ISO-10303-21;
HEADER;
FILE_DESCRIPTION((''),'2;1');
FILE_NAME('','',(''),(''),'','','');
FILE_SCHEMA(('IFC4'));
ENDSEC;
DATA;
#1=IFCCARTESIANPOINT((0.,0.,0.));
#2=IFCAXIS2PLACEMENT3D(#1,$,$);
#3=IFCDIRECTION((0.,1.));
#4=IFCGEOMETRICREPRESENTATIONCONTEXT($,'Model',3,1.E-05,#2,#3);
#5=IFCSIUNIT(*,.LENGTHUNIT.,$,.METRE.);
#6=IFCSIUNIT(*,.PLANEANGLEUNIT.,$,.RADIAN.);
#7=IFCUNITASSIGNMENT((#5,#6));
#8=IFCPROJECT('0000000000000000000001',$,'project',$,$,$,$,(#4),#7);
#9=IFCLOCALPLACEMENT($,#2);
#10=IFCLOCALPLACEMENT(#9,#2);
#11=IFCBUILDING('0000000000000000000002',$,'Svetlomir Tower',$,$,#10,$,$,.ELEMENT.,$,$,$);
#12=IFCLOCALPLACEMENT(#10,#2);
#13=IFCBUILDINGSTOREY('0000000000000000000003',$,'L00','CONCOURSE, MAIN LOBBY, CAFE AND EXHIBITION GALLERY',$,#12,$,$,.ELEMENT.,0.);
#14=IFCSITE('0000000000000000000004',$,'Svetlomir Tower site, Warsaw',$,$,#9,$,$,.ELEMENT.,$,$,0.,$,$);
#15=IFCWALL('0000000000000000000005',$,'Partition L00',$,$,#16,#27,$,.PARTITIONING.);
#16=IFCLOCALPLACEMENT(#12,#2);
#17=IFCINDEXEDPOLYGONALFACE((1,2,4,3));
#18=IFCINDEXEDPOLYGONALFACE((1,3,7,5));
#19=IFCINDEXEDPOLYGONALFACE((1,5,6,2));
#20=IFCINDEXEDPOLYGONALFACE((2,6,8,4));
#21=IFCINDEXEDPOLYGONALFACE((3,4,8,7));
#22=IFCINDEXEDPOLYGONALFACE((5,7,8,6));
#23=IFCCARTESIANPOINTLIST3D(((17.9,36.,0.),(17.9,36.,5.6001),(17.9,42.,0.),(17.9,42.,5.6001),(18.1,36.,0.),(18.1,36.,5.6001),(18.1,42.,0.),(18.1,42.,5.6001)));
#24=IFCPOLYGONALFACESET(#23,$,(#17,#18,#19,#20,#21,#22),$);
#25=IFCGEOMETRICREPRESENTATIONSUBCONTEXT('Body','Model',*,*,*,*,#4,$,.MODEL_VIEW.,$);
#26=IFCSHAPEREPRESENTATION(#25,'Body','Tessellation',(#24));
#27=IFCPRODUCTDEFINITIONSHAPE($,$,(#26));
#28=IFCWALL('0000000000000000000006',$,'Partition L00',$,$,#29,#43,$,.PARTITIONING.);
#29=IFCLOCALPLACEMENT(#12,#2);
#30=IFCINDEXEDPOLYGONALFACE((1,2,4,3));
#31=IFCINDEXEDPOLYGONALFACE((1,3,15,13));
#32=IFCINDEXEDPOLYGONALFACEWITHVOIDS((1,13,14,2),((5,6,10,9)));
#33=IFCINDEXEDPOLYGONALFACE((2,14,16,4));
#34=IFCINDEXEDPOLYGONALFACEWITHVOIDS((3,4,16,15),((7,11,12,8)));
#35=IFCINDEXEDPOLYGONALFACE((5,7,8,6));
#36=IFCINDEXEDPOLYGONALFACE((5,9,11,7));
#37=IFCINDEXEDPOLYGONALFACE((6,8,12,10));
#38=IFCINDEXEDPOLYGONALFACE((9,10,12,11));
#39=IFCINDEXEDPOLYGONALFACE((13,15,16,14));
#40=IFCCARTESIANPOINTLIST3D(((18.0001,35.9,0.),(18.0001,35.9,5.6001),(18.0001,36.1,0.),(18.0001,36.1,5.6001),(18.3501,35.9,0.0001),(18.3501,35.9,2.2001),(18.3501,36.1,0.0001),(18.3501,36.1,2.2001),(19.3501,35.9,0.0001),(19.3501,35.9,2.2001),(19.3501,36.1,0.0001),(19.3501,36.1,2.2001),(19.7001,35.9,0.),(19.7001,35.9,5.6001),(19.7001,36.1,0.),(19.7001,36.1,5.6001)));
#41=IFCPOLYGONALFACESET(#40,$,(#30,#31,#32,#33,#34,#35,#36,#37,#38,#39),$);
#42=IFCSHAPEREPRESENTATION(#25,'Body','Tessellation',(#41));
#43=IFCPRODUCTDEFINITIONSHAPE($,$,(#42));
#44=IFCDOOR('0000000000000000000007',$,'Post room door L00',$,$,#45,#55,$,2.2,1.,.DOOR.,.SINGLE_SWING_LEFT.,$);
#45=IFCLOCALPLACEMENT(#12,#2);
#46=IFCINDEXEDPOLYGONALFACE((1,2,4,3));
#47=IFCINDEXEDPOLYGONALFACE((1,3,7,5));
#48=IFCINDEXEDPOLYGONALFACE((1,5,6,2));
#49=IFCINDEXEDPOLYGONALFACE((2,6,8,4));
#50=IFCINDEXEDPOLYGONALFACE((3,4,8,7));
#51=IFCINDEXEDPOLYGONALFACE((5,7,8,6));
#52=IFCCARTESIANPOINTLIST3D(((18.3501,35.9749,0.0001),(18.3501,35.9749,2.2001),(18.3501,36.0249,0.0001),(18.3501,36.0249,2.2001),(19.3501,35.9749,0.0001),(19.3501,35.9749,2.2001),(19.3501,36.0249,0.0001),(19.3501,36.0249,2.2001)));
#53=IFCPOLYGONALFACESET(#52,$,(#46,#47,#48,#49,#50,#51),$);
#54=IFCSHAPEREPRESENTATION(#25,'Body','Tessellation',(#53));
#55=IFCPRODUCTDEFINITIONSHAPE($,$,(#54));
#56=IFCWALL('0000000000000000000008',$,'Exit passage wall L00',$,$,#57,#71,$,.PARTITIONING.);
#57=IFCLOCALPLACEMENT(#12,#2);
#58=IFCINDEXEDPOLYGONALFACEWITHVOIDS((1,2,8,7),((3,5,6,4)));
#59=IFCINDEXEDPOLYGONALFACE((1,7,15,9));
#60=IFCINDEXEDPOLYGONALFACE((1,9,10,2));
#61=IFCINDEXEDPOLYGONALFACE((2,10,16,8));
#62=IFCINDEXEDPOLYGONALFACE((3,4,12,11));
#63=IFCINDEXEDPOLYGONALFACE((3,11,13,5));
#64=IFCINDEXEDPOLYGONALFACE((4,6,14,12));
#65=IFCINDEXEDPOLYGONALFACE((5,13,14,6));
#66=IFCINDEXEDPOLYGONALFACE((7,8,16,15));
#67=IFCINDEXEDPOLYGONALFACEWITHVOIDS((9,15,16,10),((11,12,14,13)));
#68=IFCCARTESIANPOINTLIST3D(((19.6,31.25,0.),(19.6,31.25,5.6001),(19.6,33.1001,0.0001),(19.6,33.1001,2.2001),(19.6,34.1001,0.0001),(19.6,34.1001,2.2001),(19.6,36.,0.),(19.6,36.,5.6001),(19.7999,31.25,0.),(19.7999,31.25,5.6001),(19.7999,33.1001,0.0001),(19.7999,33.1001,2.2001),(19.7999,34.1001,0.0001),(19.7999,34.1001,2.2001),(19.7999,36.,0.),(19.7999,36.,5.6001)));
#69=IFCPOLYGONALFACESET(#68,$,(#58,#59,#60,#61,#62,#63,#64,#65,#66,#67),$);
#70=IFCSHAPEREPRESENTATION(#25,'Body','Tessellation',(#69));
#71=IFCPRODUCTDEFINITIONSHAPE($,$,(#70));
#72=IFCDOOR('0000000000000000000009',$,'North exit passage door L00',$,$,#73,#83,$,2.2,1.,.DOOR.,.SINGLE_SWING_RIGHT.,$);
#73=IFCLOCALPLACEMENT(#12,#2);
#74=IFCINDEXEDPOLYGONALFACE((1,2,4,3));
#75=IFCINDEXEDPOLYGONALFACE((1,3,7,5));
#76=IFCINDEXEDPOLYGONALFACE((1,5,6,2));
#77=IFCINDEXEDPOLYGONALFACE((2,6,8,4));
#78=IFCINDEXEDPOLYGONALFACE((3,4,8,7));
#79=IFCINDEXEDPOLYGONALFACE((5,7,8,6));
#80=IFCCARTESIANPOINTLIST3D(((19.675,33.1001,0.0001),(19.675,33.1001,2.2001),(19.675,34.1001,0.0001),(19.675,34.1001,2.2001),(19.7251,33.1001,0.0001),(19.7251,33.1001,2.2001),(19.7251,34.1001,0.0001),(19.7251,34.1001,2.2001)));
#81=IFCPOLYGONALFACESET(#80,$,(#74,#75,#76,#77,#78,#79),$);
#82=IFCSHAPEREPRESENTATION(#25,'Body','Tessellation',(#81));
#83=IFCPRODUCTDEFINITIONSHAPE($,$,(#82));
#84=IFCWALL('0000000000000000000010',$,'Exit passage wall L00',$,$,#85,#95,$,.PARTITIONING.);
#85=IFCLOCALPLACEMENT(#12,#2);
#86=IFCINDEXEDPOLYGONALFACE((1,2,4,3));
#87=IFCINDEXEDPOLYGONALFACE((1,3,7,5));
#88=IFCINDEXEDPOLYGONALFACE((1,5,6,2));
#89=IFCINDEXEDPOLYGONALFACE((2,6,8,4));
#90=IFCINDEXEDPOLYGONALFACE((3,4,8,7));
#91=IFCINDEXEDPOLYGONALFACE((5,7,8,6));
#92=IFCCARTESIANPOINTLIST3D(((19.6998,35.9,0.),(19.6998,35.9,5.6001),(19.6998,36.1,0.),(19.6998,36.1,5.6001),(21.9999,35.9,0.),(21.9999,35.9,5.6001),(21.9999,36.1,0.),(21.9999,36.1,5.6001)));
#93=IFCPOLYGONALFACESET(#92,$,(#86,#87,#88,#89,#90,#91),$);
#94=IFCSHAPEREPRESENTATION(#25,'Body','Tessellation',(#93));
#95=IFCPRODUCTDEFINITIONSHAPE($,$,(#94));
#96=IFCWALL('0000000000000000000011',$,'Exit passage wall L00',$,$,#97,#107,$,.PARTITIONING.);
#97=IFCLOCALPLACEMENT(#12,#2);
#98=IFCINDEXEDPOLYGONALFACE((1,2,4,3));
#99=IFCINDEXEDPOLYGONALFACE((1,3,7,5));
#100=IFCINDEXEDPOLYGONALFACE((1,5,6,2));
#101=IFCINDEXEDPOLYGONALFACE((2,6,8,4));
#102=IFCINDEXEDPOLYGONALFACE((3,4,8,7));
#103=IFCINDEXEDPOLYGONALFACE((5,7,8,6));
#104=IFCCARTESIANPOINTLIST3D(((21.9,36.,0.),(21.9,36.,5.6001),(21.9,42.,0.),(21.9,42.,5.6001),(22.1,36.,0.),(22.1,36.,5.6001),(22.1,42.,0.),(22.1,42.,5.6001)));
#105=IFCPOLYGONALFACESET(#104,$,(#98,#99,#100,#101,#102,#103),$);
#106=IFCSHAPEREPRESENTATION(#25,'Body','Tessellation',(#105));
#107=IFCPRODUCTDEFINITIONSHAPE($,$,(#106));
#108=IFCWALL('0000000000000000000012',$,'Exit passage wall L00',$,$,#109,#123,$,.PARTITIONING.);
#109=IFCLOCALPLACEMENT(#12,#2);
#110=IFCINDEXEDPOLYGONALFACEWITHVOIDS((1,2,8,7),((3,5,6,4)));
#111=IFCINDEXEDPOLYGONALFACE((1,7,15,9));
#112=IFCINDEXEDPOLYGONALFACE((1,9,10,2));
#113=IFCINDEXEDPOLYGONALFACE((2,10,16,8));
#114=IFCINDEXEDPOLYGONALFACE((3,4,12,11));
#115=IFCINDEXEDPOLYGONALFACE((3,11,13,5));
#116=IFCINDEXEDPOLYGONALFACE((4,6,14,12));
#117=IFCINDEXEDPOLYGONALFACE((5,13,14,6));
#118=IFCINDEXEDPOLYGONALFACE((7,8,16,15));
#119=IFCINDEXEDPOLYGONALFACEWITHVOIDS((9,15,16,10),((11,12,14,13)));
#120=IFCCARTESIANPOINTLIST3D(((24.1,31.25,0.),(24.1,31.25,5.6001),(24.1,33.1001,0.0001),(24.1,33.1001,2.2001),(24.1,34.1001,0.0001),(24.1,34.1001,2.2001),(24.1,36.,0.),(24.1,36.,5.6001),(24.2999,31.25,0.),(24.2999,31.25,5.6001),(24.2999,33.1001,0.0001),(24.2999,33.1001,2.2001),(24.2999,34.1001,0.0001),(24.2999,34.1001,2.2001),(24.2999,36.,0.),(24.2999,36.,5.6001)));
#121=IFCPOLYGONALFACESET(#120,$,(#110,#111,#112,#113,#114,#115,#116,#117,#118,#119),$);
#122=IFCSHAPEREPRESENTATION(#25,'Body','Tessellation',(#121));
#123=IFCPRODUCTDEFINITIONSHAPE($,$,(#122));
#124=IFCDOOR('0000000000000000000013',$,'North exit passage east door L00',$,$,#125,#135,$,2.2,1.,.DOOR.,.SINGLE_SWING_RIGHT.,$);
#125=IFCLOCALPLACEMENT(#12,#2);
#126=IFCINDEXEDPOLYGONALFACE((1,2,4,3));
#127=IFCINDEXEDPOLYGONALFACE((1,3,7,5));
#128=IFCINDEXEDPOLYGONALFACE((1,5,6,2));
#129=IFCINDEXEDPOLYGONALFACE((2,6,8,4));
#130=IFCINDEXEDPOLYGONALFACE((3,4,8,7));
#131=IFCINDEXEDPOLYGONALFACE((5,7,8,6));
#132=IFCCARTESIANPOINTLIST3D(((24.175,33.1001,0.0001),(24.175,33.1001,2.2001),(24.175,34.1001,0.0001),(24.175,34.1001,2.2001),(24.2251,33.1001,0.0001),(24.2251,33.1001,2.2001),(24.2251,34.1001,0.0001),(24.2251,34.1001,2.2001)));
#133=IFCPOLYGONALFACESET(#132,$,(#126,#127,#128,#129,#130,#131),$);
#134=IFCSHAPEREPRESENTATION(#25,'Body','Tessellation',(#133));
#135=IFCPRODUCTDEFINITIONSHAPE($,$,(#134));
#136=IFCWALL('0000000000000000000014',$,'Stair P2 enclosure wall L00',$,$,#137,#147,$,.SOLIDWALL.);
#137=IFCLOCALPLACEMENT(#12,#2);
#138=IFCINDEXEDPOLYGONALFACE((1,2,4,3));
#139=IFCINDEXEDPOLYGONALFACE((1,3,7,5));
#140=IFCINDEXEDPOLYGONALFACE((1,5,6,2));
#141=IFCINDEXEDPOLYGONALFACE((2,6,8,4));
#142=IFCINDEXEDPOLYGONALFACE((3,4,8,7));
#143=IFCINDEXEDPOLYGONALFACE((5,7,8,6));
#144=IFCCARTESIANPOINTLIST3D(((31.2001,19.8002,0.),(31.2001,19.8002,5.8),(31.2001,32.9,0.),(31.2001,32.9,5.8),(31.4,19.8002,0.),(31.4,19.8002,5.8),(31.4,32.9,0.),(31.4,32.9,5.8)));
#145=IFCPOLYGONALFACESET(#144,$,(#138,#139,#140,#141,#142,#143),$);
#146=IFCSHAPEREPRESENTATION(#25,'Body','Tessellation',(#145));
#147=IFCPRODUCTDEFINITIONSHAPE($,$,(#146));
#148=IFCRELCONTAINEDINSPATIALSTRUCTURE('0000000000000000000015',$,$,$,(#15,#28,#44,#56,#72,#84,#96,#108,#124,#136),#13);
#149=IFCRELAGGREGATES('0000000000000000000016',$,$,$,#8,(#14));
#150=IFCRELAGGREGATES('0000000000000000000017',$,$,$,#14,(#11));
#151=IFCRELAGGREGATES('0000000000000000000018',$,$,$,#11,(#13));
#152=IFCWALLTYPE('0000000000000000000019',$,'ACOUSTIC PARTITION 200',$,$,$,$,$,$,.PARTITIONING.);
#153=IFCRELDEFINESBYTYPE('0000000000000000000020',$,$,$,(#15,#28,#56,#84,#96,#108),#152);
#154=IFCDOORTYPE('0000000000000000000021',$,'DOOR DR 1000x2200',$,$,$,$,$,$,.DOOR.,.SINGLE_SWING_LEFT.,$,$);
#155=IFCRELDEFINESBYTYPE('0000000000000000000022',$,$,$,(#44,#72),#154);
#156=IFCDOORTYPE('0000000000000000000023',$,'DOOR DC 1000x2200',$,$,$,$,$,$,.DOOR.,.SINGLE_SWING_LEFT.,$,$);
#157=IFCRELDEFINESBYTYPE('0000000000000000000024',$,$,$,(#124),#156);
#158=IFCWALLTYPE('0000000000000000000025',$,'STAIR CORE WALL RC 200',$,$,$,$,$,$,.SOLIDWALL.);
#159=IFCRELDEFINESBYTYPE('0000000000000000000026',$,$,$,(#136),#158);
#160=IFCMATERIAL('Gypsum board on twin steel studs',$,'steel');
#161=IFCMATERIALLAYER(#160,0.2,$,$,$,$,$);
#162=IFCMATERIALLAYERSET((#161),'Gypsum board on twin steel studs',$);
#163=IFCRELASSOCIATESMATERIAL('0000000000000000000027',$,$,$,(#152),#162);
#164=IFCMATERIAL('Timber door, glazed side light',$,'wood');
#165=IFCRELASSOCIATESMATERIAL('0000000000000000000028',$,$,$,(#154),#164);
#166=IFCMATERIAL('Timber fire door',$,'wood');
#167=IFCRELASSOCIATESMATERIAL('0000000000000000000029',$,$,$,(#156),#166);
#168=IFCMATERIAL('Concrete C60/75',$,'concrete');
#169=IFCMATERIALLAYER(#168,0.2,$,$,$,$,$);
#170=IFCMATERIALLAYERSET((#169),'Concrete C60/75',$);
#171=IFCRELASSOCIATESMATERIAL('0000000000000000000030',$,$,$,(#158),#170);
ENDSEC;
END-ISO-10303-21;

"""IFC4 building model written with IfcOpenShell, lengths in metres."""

from ifc_helpers import new_model, si_unit, direction, frame, frame_2d, origin, place, context, subcontext, project, spatial, rectangle, extrude, material, layer, layer_set, type_object, element, fill, save


model = new_model("IFC4")

# Units and contexts
model_context = context("Model", 3, precision=1e-05, world=origin(), true_north=direction((0.0, 1.0)))
body_context = subcontext(model_context, "Body", "Model", "MODEL_VIEW")
ifc_project = project(units=[si_unit("LENGTHUNIT", "METRE"), si_unit("PLANEANGLEUNIT", "RADIAN")], contexts=[model_context])

# Site, building, storey
site_placement = place(None, origin())
site = spatial("IfcSite", under=ifc_project, at=site_placement, Name="Svetlomir Tower site, Warsaw", CompositionType="ELEMENT", RefElevation=0.0)
building_placement = place(site_placement, origin())
building = spatial("IfcBuilding", under=site, at=building_placement, Name="Svetlomir Tower", CompositionType="ELEMENT")
storey_placement = place(building_placement, origin())
storey = spatial("IfcBuildingStorey", under=building, at=storey_placement, Name="L00", Description="CONCOURSE, MAIN LOBBY, CAFE AND EXHIBITION GALLERY", CompositionType="ELEMENT", Elevation=0.0)

# Wall
ifc_material_1 = material(Name="Gypsum board on twin steel studs", Category="steel")
ifc_layer_1 = layer(ifc_material_1, 0.2)
ifc_layer_set_1 = layer_set([ifc_layer_1], Name="Gypsum board on twin steel studs")
wall_type_1 = type_object("IfcWallType", Name="ACOUSTIC PARTITION 200", PredefinedType="PARTITIONING", material=ifc_layer_set_1)
wall_1_placement = place(storey_placement, frame((18.0, 36.0, 0.0), z_axis=(0.0, 0.0, 1.0), x_axis=(0.0, 1.0, 0.0)))
element("IfcWall", 1, at=wall_1_placement, inside=storey, type_object=wall_type_1, Name="Partition L00", PredefinedType="PARTITIONING", context=body_context, shape_type="SweptSolid", body=[
    extrude(rectangle(XDim=6.0, YDim=0.2, at=frame_2d((3.0, 0.0))), origin(), (0.0, 0.0, 1.0), 5.6001),
])

# Walls, openings, doors
wall_2_placement = place(storey_placement, frame((18.0, 36.0, 0.0), z_axis=(0.0, 0.0, 1.0), x_axis=(1.0, 0.0, 0.0)))
wall_2 = element("IfcWall", 2, at=wall_2_placement, inside=storey, type_object=wall_type_1, Name="Partition L00", PredefinedType="PARTITIONING", context=body_context, shape_type="SweptSolid", body=[
    extrude(rectangle(XDim=1.7, YDim=0.2, at=frame_2d((0.8501, 0.0))), origin(), (0.0, 0.0, 1.0), 5.6001),
])
opening_1_placement = place(wall_2_placement, frame((0.3501, 0.0, 0.0)))
opening_1 = element("IfcOpeningElement", 3, at=opening_1_placement, cuts=wall_2, PredefinedType="OPENING", context=body_context, shape_type="SweptSolid", body=[
    extrude(rectangle(XDim=1.0, YDim=2.2, at=frame_2d((0.5, 1.1001))), frame((0.0, 0.1099, 0.0), z_axis=(0.0, -1.0, 0.0), x_axis=(1.0, 0.0, 0.0)), (0.0, 0.0, 1.0), 0.22),
])
ifc_material_2 = material(Name="Timber door, glazed side light", Category="wood")
door_type_1 = type_object("IfcDoorType", Name="DOOR DR 1000x2200", OperationType="SINGLE_SWING_LEFT", PredefinedType="DOOR", material=ifc_material_2)
door_1_placement = place(opening_1_placement, origin())
door_1 = element("IfcDoor", 4, at=door_1_placement, inside=storey, type_object=door_type_1, Name="Post room door L00", OperationType="SINGLE_SWING_LEFT", OverallHeight=2.2, OverallWidth=1.0, PredefinedType="DOOR", context=body_context, shape_type="SweptSolid", body=[
    extrude(rectangle(XDim=1.0, YDim=2.2, at=frame_2d((0.5, 1.1001))), frame((0.0, 0.0249, 0.0), z_axis=(0.0, -1.0, 0.0), x_axis=(1.0, 0.0, 0.0)), (0.0, 0.0, 1.0), 0.05),
])
fill(opening_1, door_1)
wall_3_placement = place(storey_placement, frame((19.7, 31.25, 0.0), z_axis=(0.0, 0.0, 1.0), x_axis=(0.0, 1.0, 0.0)))
wall_3 = element("IfcWall", 5, at=wall_3_placement, inside=storey, type_object=wall_type_1, Name="Exit passage wall L00", PredefinedType="PARTITIONING", context=body_context, shape_type="SweptSolid", body=[
    extrude(rectangle(XDim=4.75, YDim=0.2, at=frame_2d((2.375, 0.0))), origin(), (0.0, 0.0, 1.0), 5.6001),
])
opening_2_placement = place(wall_3_placement, frame((1.8501, 0.0, 0.0)))
opening_2 = element("IfcOpeningElement", 6, at=opening_2_placement, cuts=wall_3, PredefinedType="OPENING", context=body_context, shape_type="SweptSolid", body=[
    extrude(rectangle(XDim=1.0, YDim=2.2, at=frame_2d((0.5, 1.1001))), frame((0.0, 0.1099, 0.0), z_axis=(0.0, -1.0, 0.0), x_axis=(1.0, 0.0, 0.0)), (0.0, 0.0, 1.0), 0.22),
])
door_2_placement = place(opening_2_placement, origin())
door_2 = element("IfcDoor", 7, at=door_2_placement, inside=storey, type_object=door_type_1, Name="North exit passage door L00", OperationType="SINGLE_SWING_RIGHT", OverallHeight=2.2, OverallWidth=1.0, PredefinedType="DOOR", context=body_context, shape_type="SweptSolid", body=[
    extrude(rectangle(XDim=1.0, YDim=2.2, at=frame_2d((0.5, 1.1001))), frame((0.0, 0.0249, 0.0), z_axis=(0.0, -1.0, 0.0), x_axis=(1.0, 0.0, 0.0)), (0.0, 0.0, 1.0), 0.05),
])
fill(opening_2, door_2)

# Walls
wall_4_placement = place(storey_placement, frame((19.7, 36.0, 0.0), z_axis=(0.0, 0.0, 1.0), x_axis=(1.0, 0.0, 0.0)))
element("IfcWall", 8, at=wall_4_placement, inside=storey, type_object=wall_type_1, Name="Exit passage wall L00", PredefinedType="PARTITIONING", context=body_context, shape_type="SweptSolid", body=[
    extrude(rectangle(XDim=2.3, YDim=0.2, at=frame_2d((1.1499, 0.0))), origin(), (0.0, 0.0, 1.0), 5.6001),
])
wall_5_placement = place(storey_placement, frame((22.0, 36.0, 0.0), z_axis=(0.0, 0.0, 1.0), x_axis=(0.0, 1.0, 0.0)))
element("IfcWall", 9, at=wall_5_placement, inside=storey, type_object=wall_type_1, Name="Exit passage wall L00", PredefinedType="PARTITIONING", context=body_context, shape_type="SweptSolid", body=[
    extrude(rectangle(XDim=6.0, YDim=0.2, at=frame_2d((3.0, 0.0))), origin(), (0.0, 0.0, 1.0), 5.6001),
])

# Wall, opening, door
wall_6_placement = place(storey_placement, frame((24.2, 31.25, 0.0), z_axis=(0.0, 0.0, 1.0), x_axis=(0.0, 1.0, 0.0)))
wall_6 = element("IfcWall", 10, at=wall_6_placement, inside=storey, type_object=wall_type_1, Name="Exit passage wall L00", PredefinedType="PARTITIONING", context=body_context, shape_type="SweptSolid", body=[
    extrude(rectangle(XDim=4.75, YDim=0.2, at=frame_2d((2.375, 0.0))), origin(), (0.0, 0.0, 1.0), 5.6001),
])
opening_3_placement = place(wall_6_placement, frame((1.8501, 0.0, 0.0)))
opening_3 = element("IfcOpeningElement", 11, at=opening_3_placement, cuts=wall_6, PredefinedType="OPENING", context=body_context, shape_type="SweptSolid", body=[
    extrude(rectangle(XDim=1.0, YDim=2.2, at=frame_2d((0.5, 1.1001))), frame((0.0, 0.1099, 0.0), z_axis=(0.0, -1.0, 0.0), x_axis=(1.0, 0.0, 0.0)), (0.0, 0.0, 1.0), 0.22),
])
ifc_material_3 = material(Name="Timber fire door", Category="wood")
door_type_2 = type_object("IfcDoorType", Name="DOOR DC 1000x2200", OperationType="SINGLE_SWING_LEFT", PredefinedType="DOOR", material=ifc_material_3)
door_3_placement = place(opening_3_placement, origin())
door_3 = element("IfcDoor", 12, at=door_3_placement, inside=storey, type_object=door_type_2, Name="North exit passage east door L00", OperationType="SINGLE_SWING_RIGHT", OverallHeight=2.2, OverallWidth=1.0, PredefinedType="DOOR", context=body_context, shape_type="SweptSolid", body=[
    extrude(rectangle(XDim=1.0, YDim=2.2, at=frame_2d((0.5, 1.1001))), frame((0.0, 0.0249, 0.0), z_axis=(0.0, -1.0, 0.0), x_axis=(1.0, 0.0, 0.0)), (0.0, 0.0, 1.0), 0.05),
])
fill(opening_3, door_3)

# Wall
ifc_material_4 = material(Name="Concrete C60/75", Category="concrete")
ifc_layer_2 = layer(ifc_material_4, 0.2)
ifc_layer_set_2 = layer_set([ifc_layer_2], Name="Concrete C60/75")
wall_type_2 = type_object("IfcWallType", Name="STAIR CORE WALL RC 200", PredefinedType="SOLIDWALL", material=ifc_layer_set_2)
wall_7_placement = place(storey_placement, frame((31.3, 32.8999, 0.0), z_axis=(0.0, 0.0, 1.0), x_axis=(0.0, -1.0, 0.0)))
element("IfcWall", 13, at=wall_7_placement, inside=storey, type_object=wall_type_2, Name="Stair P2 enclosure wall L00", PredefinedType="SOLIDWALL", context=body_context, shape_type="SweptSolid", body=[
    extrude(rectangle(XDim=13.0999, YDim=0.2, at=frame_2d((6.5498, 0.0))), origin(), (0.0, 0.0, 1.0), 5.8),
])

save(model, "model.ifc")
